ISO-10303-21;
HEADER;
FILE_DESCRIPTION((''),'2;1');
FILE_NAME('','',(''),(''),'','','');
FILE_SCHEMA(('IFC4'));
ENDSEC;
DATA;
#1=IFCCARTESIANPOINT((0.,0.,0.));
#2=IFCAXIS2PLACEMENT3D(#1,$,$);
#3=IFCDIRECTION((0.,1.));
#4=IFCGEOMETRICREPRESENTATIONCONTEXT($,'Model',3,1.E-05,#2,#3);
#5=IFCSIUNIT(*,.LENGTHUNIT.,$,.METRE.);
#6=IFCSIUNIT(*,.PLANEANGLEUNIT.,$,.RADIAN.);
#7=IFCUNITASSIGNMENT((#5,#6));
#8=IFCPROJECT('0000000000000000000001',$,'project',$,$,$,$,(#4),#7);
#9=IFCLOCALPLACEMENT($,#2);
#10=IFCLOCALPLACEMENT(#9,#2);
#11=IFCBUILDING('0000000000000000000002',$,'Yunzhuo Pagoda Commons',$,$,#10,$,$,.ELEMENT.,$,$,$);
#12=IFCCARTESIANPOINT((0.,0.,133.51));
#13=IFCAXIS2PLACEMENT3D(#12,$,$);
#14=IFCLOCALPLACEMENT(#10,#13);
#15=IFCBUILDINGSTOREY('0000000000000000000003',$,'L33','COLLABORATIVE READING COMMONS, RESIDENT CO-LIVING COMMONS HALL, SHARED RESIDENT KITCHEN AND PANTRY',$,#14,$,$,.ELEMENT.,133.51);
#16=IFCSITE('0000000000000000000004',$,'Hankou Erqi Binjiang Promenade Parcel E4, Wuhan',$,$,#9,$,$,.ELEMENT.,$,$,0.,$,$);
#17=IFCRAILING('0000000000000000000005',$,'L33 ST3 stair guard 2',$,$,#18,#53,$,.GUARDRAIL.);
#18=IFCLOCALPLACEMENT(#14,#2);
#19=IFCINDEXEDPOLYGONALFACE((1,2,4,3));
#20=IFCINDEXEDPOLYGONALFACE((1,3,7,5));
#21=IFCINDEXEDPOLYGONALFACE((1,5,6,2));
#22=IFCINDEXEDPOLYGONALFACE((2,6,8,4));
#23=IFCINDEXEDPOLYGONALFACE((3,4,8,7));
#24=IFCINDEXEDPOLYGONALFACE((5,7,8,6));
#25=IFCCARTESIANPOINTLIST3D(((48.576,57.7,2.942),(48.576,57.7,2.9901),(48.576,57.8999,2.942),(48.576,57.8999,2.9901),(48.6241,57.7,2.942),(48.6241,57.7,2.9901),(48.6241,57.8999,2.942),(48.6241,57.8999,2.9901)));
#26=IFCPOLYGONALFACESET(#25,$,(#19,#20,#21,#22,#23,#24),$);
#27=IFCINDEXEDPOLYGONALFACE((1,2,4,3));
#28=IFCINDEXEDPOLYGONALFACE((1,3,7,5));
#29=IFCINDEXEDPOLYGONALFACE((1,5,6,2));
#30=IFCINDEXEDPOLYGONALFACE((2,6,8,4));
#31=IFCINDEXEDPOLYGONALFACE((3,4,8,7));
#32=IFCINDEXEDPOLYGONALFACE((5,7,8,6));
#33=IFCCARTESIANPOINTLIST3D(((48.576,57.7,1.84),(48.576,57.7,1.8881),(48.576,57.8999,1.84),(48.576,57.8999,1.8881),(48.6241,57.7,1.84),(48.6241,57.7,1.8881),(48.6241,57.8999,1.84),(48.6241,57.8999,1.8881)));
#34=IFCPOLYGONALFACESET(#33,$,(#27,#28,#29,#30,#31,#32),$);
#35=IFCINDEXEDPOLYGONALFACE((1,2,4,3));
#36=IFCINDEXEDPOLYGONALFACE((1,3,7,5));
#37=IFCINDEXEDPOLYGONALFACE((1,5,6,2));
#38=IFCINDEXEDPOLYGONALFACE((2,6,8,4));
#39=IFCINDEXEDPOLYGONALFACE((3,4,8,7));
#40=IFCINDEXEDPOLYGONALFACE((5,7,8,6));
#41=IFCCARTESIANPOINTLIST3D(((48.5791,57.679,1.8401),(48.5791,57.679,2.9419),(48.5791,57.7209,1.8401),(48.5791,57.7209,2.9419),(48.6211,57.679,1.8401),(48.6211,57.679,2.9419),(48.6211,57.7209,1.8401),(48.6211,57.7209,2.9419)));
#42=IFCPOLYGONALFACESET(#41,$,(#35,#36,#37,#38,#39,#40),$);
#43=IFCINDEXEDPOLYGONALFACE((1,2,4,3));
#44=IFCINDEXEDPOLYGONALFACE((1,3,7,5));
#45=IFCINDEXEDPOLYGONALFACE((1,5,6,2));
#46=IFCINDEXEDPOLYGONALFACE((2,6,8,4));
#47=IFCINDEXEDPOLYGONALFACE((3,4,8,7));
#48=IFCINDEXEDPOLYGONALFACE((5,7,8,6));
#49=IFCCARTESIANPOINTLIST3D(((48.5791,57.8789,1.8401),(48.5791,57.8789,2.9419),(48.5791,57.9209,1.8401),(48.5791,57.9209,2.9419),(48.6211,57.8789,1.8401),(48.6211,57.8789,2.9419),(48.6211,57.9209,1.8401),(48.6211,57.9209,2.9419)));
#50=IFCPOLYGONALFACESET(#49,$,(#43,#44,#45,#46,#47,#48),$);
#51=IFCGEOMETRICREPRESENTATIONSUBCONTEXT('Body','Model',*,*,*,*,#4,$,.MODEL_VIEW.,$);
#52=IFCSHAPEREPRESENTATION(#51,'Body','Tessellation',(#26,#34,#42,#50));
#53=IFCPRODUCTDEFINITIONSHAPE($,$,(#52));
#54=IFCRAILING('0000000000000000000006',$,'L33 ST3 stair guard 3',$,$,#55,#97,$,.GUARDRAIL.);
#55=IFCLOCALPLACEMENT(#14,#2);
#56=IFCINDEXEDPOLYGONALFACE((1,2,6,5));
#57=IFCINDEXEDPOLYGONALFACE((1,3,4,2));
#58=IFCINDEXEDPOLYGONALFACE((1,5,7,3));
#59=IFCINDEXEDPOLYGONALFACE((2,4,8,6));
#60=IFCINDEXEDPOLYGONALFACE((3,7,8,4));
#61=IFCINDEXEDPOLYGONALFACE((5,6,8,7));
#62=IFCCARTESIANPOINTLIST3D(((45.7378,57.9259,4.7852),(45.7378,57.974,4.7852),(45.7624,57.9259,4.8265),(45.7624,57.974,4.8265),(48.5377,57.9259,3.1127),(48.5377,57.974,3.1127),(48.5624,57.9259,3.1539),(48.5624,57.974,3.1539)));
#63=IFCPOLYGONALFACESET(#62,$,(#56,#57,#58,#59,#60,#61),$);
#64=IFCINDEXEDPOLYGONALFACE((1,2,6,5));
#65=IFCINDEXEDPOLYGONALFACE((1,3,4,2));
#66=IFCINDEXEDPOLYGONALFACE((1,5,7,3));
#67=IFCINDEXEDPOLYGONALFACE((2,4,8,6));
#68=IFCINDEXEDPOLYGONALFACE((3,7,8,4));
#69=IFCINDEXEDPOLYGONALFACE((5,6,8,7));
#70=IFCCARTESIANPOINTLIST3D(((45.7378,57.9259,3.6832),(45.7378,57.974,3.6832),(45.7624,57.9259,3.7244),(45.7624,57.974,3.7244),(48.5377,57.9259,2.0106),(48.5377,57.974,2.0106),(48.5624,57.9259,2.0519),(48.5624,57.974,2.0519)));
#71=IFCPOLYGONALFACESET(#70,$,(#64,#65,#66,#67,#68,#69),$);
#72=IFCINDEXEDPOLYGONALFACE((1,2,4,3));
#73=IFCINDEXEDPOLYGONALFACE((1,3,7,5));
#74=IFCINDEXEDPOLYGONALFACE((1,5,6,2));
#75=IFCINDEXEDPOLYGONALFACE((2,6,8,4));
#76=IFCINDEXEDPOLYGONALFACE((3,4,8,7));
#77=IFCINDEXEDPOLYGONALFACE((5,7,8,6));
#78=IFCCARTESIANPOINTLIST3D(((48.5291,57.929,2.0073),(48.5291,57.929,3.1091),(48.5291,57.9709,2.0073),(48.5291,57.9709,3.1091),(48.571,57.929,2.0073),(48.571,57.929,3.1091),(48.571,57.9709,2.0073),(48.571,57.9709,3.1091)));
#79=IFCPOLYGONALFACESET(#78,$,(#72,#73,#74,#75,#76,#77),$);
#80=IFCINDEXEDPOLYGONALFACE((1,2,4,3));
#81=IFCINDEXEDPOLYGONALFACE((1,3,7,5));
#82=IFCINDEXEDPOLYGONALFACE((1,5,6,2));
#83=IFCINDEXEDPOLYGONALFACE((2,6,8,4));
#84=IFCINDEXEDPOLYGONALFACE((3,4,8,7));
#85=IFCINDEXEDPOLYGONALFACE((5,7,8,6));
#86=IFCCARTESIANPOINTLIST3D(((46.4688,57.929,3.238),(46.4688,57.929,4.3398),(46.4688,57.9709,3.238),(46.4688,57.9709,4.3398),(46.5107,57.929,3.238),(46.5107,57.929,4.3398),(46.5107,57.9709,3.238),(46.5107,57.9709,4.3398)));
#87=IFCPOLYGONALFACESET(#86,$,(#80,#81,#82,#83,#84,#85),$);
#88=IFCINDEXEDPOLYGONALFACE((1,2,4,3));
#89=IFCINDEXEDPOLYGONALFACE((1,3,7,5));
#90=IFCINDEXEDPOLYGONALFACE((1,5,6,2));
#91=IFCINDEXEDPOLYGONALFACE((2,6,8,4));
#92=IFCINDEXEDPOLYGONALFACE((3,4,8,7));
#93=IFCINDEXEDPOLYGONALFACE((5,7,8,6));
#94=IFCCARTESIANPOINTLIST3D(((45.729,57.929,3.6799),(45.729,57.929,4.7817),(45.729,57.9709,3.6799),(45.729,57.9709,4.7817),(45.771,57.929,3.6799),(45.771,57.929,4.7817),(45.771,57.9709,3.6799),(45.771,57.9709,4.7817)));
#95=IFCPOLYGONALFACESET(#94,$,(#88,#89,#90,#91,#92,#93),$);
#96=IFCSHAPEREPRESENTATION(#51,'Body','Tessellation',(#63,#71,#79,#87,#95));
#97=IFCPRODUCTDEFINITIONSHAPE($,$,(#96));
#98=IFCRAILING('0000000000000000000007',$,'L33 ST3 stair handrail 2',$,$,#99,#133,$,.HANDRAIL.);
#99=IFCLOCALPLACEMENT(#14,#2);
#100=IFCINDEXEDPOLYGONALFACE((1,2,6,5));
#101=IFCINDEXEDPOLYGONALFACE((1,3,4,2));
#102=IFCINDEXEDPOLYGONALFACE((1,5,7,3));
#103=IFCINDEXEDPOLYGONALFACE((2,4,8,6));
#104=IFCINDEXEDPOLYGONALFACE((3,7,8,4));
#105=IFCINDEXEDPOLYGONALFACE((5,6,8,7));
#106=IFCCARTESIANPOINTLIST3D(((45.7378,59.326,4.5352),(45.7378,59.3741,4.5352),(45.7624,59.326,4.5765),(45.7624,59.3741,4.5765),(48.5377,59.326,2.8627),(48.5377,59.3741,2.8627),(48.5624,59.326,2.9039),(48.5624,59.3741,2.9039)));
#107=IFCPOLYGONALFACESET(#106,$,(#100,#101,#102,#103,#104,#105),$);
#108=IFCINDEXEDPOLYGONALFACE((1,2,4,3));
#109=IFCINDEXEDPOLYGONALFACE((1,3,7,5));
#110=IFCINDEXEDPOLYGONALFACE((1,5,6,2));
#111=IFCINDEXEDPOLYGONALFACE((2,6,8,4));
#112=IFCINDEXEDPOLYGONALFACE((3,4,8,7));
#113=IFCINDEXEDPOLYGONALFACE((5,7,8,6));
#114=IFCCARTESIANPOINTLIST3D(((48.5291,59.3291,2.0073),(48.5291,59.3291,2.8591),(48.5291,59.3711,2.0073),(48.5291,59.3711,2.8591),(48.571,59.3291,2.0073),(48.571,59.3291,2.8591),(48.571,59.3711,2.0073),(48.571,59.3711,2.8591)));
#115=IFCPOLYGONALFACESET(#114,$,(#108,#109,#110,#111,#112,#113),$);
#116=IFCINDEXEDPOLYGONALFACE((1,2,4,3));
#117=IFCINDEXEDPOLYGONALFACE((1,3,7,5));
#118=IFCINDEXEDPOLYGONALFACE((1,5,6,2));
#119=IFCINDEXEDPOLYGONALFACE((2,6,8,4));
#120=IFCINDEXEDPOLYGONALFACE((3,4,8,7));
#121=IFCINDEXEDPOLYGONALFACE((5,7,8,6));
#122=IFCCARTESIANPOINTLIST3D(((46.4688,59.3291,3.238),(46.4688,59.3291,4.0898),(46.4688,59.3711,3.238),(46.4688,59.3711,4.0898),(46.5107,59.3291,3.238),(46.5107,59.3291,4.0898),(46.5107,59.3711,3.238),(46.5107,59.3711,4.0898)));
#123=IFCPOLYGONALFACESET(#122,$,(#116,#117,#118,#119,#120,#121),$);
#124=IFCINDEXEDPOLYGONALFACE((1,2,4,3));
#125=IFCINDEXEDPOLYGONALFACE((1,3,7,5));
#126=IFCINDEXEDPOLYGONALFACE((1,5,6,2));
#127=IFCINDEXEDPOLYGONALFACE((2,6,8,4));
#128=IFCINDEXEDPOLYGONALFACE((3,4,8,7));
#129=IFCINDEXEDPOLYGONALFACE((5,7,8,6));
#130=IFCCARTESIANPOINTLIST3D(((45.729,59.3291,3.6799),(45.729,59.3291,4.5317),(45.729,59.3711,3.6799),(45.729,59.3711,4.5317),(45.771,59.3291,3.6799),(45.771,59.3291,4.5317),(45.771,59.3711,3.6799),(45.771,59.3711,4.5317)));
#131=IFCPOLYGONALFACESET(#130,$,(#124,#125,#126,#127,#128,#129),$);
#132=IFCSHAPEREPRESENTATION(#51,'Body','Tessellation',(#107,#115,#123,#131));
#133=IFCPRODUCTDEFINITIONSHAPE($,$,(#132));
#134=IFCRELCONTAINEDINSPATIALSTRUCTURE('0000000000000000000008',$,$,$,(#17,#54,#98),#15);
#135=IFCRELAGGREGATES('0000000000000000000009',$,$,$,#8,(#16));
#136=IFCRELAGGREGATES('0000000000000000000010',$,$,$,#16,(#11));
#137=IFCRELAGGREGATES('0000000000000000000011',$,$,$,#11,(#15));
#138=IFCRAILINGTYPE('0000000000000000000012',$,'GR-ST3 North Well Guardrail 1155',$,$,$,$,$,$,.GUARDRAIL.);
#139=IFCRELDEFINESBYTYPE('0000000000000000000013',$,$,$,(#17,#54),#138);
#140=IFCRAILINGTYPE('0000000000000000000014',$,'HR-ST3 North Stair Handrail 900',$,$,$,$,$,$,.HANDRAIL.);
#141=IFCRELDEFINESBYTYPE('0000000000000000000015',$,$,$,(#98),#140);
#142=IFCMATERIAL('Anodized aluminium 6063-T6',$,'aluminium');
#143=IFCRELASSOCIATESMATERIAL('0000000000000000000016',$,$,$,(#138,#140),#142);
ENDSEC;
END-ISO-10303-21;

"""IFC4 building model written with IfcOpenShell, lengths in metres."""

from ifc_helpers import new_model, si_unit, direction, frame, origin, origin_2d, place, context, subcontext, project, spatial, rectangle, extrude, material, type_object, element, save


model = new_model("IFC4")

# Units and contexts
model_context = context("Model", 3, precision=1e-05, world=origin(), true_north=direction((0.0, 1.0)))
body_context = subcontext(model_context, "Body", "Model", "MODEL_VIEW")
ifc_project = project(units=[si_unit("LENGTHUNIT", "METRE"), si_unit("PLANEANGLEUNIT", "RADIAN")], contexts=[model_context])

# Site, building, storey
site_placement = place(None, origin())
site = spatial("IfcSite", under=ifc_project, at=site_placement, Name="Hankou Erqi Binjiang Promenade Parcel E4, Wuhan", CompositionType="ELEMENT", RefElevation=0.0)
building_placement = place(site_placement, origin())
building = spatial("IfcBuilding", under=site, at=building_placement, Name="Yunzhuo Pagoda Commons", CompositionType="ELEMENT")
storey_placement = place(building_placement, frame((0.0, 0.0, 133.51)))
storey = spatial("IfcBuildingStorey", under=building, at=storey_placement, Name="L33", Description="COLLABORATIVE READING COMMONS, RESIDENT CO-LIVING COMMONS HALL, SHARED RESIDENT KITCHEN AND PANTRY", CompositionType="ELEMENT", Elevation=133.51)

# Shared definitions
ifc_material_1 = material(Name="Anodized aluminium 6063-T6", Category="aluminium")

# Railings
railing_type_1 = type_object("IfcRailingType", Name="GR-ST3 North Well Guardrail 1155", PredefinedType="GUARDRAIL", material=ifc_material_1)
railing_1_placement = place(storey_placement, frame((48.6001, 57.7, 1.8401)))
element("IfcRailing", 1, at=railing_1_placement, inside=storey, type_object=railing_type_1, Name="L33 ST3 stair guard 2", PredefinedType="GUARDRAIL", context=body_context, shape_type="SweptSolid", body=[
    extrude(rectangle(XDim=0.0481, YDim=0.0481, at=origin_2d()), frame((0.0, 0.0, 1.126), z_axis=(0.0, 1.0, 0.0), x_axis=(-1.0, 0.0, 0.0)), (0.0, 0.0, 1.0), 0.2),
    extrude(rectangle(XDim=0.0481, YDim=0.0481, at=origin_2d()), frame((0.0, 0.0, 0.0239), z_axis=(0.0, 1.0, 0.0), x_axis=(-1.0, 0.0, 0.0)), (0.0, 0.0, 1.0), 0.2),
    extrude(rectangle(XDim=0.042, YDim=0.042, at=origin_2d()), origin(), (0.0, 0.0, 1.0), 1.1018),
    extrude(rectangle(XDim=0.042, YDim=0.042, at=origin_2d()), frame((0.0, 0.2, 0.0)), (0.0, 0.0, 1.0), 1.1018),
])
railing_2_placement = place(storey_placement, frame((48.55, 57.95, 2.0073)))
element("IfcRailing", 2, at=railing_2_placement, inside=storey, type_object=railing_type_1, Name="L33 ST3 stair guard 3", PredefinedType="GUARDRAIL", context=body_context, shape_type="SweptSolid", body=[
    extrude(rectangle(XDim=0.0481, YDim=0.0481, at=origin_2d()), frame((0.0, 0.0, 1.126), z_axis=(-0.858495, 0.0, 0.512822), x_axis=(0.0, -1.0, 0.0)), (0.0, 0.0, 1.0), 3.2615),
    extrude(rectangle(XDim=0.0481, YDim=0.0481, at=origin_2d()), frame((0.0, 0.0, 0.0239), z_axis=(-0.858495, 0.0, 0.512822), x_axis=(0.0, -1.0, 0.0)), (0.0, 0.0, 1.0), 3.2615),
    extrude(rectangle(XDim=0.042, YDim=0.042, at=origin_2d()), origin(), (0.0, 0.0, 1.0), 1.1018),
    extrude(rectangle(XDim=0.042, YDim=0.042, at=origin_2d()), frame((-2.0603, 0.0, 1.2307)), (0.0, 0.0, 1.0), 1.1018),
    extrude(rectangle(XDim=0.042, YDim=0.042, at=origin_2d()), frame((-2.8, 0.0, 1.6726)), (0.0, 0.0, 1.0), 1.1018),
])
railing_type_2 = type_object("IfcRailingType", Name="HR-ST3 North Stair Handrail 900", PredefinedType="HANDRAIL", material=ifc_material_1)
railing_3_placement = place(storey_placement, frame((48.55, 59.3501, 2.0073)))
element("IfcRailing", 3, at=railing_3_placement, inside=storey, type_object=railing_type_2, Name="L33 ST3 stair handrail 2", PredefinedType="HANDRAIL", context=body_context, shape_type="SweptSolid", body=[
    extrude(rectangle(XDim=0.0481, YDim=0.0481, at=origin_2d()), frame((0.0, 0.0, 0.876), z_axis=(-0.858495, 0.0, 0.512822), x_axis=(0.0, -1.0, 0.0)), (0.0, 0.0, 1.0), 3.2615),
    extrude(rectangle(XDim=0.042, YDim=0.042, at=origin_2d()), origin(), (0.0, 0.0, 1.0), 0.8518),
    extrude(rectangle(XDim=0.042, YDim=0.042, at=origin_2d()), frame((-2.0603, 0.0, 1.2307)), (0.0, 0.0, 1.0), 0.8518),
    extrude(rectangle(XDim=0.042, YDim=0.042, at=origin_2d()), frame((-2.8, 0.0, 1.6726)), (0.0, 0.0, 1.0), 0.8518),
])

save(model, "model.ifc")
